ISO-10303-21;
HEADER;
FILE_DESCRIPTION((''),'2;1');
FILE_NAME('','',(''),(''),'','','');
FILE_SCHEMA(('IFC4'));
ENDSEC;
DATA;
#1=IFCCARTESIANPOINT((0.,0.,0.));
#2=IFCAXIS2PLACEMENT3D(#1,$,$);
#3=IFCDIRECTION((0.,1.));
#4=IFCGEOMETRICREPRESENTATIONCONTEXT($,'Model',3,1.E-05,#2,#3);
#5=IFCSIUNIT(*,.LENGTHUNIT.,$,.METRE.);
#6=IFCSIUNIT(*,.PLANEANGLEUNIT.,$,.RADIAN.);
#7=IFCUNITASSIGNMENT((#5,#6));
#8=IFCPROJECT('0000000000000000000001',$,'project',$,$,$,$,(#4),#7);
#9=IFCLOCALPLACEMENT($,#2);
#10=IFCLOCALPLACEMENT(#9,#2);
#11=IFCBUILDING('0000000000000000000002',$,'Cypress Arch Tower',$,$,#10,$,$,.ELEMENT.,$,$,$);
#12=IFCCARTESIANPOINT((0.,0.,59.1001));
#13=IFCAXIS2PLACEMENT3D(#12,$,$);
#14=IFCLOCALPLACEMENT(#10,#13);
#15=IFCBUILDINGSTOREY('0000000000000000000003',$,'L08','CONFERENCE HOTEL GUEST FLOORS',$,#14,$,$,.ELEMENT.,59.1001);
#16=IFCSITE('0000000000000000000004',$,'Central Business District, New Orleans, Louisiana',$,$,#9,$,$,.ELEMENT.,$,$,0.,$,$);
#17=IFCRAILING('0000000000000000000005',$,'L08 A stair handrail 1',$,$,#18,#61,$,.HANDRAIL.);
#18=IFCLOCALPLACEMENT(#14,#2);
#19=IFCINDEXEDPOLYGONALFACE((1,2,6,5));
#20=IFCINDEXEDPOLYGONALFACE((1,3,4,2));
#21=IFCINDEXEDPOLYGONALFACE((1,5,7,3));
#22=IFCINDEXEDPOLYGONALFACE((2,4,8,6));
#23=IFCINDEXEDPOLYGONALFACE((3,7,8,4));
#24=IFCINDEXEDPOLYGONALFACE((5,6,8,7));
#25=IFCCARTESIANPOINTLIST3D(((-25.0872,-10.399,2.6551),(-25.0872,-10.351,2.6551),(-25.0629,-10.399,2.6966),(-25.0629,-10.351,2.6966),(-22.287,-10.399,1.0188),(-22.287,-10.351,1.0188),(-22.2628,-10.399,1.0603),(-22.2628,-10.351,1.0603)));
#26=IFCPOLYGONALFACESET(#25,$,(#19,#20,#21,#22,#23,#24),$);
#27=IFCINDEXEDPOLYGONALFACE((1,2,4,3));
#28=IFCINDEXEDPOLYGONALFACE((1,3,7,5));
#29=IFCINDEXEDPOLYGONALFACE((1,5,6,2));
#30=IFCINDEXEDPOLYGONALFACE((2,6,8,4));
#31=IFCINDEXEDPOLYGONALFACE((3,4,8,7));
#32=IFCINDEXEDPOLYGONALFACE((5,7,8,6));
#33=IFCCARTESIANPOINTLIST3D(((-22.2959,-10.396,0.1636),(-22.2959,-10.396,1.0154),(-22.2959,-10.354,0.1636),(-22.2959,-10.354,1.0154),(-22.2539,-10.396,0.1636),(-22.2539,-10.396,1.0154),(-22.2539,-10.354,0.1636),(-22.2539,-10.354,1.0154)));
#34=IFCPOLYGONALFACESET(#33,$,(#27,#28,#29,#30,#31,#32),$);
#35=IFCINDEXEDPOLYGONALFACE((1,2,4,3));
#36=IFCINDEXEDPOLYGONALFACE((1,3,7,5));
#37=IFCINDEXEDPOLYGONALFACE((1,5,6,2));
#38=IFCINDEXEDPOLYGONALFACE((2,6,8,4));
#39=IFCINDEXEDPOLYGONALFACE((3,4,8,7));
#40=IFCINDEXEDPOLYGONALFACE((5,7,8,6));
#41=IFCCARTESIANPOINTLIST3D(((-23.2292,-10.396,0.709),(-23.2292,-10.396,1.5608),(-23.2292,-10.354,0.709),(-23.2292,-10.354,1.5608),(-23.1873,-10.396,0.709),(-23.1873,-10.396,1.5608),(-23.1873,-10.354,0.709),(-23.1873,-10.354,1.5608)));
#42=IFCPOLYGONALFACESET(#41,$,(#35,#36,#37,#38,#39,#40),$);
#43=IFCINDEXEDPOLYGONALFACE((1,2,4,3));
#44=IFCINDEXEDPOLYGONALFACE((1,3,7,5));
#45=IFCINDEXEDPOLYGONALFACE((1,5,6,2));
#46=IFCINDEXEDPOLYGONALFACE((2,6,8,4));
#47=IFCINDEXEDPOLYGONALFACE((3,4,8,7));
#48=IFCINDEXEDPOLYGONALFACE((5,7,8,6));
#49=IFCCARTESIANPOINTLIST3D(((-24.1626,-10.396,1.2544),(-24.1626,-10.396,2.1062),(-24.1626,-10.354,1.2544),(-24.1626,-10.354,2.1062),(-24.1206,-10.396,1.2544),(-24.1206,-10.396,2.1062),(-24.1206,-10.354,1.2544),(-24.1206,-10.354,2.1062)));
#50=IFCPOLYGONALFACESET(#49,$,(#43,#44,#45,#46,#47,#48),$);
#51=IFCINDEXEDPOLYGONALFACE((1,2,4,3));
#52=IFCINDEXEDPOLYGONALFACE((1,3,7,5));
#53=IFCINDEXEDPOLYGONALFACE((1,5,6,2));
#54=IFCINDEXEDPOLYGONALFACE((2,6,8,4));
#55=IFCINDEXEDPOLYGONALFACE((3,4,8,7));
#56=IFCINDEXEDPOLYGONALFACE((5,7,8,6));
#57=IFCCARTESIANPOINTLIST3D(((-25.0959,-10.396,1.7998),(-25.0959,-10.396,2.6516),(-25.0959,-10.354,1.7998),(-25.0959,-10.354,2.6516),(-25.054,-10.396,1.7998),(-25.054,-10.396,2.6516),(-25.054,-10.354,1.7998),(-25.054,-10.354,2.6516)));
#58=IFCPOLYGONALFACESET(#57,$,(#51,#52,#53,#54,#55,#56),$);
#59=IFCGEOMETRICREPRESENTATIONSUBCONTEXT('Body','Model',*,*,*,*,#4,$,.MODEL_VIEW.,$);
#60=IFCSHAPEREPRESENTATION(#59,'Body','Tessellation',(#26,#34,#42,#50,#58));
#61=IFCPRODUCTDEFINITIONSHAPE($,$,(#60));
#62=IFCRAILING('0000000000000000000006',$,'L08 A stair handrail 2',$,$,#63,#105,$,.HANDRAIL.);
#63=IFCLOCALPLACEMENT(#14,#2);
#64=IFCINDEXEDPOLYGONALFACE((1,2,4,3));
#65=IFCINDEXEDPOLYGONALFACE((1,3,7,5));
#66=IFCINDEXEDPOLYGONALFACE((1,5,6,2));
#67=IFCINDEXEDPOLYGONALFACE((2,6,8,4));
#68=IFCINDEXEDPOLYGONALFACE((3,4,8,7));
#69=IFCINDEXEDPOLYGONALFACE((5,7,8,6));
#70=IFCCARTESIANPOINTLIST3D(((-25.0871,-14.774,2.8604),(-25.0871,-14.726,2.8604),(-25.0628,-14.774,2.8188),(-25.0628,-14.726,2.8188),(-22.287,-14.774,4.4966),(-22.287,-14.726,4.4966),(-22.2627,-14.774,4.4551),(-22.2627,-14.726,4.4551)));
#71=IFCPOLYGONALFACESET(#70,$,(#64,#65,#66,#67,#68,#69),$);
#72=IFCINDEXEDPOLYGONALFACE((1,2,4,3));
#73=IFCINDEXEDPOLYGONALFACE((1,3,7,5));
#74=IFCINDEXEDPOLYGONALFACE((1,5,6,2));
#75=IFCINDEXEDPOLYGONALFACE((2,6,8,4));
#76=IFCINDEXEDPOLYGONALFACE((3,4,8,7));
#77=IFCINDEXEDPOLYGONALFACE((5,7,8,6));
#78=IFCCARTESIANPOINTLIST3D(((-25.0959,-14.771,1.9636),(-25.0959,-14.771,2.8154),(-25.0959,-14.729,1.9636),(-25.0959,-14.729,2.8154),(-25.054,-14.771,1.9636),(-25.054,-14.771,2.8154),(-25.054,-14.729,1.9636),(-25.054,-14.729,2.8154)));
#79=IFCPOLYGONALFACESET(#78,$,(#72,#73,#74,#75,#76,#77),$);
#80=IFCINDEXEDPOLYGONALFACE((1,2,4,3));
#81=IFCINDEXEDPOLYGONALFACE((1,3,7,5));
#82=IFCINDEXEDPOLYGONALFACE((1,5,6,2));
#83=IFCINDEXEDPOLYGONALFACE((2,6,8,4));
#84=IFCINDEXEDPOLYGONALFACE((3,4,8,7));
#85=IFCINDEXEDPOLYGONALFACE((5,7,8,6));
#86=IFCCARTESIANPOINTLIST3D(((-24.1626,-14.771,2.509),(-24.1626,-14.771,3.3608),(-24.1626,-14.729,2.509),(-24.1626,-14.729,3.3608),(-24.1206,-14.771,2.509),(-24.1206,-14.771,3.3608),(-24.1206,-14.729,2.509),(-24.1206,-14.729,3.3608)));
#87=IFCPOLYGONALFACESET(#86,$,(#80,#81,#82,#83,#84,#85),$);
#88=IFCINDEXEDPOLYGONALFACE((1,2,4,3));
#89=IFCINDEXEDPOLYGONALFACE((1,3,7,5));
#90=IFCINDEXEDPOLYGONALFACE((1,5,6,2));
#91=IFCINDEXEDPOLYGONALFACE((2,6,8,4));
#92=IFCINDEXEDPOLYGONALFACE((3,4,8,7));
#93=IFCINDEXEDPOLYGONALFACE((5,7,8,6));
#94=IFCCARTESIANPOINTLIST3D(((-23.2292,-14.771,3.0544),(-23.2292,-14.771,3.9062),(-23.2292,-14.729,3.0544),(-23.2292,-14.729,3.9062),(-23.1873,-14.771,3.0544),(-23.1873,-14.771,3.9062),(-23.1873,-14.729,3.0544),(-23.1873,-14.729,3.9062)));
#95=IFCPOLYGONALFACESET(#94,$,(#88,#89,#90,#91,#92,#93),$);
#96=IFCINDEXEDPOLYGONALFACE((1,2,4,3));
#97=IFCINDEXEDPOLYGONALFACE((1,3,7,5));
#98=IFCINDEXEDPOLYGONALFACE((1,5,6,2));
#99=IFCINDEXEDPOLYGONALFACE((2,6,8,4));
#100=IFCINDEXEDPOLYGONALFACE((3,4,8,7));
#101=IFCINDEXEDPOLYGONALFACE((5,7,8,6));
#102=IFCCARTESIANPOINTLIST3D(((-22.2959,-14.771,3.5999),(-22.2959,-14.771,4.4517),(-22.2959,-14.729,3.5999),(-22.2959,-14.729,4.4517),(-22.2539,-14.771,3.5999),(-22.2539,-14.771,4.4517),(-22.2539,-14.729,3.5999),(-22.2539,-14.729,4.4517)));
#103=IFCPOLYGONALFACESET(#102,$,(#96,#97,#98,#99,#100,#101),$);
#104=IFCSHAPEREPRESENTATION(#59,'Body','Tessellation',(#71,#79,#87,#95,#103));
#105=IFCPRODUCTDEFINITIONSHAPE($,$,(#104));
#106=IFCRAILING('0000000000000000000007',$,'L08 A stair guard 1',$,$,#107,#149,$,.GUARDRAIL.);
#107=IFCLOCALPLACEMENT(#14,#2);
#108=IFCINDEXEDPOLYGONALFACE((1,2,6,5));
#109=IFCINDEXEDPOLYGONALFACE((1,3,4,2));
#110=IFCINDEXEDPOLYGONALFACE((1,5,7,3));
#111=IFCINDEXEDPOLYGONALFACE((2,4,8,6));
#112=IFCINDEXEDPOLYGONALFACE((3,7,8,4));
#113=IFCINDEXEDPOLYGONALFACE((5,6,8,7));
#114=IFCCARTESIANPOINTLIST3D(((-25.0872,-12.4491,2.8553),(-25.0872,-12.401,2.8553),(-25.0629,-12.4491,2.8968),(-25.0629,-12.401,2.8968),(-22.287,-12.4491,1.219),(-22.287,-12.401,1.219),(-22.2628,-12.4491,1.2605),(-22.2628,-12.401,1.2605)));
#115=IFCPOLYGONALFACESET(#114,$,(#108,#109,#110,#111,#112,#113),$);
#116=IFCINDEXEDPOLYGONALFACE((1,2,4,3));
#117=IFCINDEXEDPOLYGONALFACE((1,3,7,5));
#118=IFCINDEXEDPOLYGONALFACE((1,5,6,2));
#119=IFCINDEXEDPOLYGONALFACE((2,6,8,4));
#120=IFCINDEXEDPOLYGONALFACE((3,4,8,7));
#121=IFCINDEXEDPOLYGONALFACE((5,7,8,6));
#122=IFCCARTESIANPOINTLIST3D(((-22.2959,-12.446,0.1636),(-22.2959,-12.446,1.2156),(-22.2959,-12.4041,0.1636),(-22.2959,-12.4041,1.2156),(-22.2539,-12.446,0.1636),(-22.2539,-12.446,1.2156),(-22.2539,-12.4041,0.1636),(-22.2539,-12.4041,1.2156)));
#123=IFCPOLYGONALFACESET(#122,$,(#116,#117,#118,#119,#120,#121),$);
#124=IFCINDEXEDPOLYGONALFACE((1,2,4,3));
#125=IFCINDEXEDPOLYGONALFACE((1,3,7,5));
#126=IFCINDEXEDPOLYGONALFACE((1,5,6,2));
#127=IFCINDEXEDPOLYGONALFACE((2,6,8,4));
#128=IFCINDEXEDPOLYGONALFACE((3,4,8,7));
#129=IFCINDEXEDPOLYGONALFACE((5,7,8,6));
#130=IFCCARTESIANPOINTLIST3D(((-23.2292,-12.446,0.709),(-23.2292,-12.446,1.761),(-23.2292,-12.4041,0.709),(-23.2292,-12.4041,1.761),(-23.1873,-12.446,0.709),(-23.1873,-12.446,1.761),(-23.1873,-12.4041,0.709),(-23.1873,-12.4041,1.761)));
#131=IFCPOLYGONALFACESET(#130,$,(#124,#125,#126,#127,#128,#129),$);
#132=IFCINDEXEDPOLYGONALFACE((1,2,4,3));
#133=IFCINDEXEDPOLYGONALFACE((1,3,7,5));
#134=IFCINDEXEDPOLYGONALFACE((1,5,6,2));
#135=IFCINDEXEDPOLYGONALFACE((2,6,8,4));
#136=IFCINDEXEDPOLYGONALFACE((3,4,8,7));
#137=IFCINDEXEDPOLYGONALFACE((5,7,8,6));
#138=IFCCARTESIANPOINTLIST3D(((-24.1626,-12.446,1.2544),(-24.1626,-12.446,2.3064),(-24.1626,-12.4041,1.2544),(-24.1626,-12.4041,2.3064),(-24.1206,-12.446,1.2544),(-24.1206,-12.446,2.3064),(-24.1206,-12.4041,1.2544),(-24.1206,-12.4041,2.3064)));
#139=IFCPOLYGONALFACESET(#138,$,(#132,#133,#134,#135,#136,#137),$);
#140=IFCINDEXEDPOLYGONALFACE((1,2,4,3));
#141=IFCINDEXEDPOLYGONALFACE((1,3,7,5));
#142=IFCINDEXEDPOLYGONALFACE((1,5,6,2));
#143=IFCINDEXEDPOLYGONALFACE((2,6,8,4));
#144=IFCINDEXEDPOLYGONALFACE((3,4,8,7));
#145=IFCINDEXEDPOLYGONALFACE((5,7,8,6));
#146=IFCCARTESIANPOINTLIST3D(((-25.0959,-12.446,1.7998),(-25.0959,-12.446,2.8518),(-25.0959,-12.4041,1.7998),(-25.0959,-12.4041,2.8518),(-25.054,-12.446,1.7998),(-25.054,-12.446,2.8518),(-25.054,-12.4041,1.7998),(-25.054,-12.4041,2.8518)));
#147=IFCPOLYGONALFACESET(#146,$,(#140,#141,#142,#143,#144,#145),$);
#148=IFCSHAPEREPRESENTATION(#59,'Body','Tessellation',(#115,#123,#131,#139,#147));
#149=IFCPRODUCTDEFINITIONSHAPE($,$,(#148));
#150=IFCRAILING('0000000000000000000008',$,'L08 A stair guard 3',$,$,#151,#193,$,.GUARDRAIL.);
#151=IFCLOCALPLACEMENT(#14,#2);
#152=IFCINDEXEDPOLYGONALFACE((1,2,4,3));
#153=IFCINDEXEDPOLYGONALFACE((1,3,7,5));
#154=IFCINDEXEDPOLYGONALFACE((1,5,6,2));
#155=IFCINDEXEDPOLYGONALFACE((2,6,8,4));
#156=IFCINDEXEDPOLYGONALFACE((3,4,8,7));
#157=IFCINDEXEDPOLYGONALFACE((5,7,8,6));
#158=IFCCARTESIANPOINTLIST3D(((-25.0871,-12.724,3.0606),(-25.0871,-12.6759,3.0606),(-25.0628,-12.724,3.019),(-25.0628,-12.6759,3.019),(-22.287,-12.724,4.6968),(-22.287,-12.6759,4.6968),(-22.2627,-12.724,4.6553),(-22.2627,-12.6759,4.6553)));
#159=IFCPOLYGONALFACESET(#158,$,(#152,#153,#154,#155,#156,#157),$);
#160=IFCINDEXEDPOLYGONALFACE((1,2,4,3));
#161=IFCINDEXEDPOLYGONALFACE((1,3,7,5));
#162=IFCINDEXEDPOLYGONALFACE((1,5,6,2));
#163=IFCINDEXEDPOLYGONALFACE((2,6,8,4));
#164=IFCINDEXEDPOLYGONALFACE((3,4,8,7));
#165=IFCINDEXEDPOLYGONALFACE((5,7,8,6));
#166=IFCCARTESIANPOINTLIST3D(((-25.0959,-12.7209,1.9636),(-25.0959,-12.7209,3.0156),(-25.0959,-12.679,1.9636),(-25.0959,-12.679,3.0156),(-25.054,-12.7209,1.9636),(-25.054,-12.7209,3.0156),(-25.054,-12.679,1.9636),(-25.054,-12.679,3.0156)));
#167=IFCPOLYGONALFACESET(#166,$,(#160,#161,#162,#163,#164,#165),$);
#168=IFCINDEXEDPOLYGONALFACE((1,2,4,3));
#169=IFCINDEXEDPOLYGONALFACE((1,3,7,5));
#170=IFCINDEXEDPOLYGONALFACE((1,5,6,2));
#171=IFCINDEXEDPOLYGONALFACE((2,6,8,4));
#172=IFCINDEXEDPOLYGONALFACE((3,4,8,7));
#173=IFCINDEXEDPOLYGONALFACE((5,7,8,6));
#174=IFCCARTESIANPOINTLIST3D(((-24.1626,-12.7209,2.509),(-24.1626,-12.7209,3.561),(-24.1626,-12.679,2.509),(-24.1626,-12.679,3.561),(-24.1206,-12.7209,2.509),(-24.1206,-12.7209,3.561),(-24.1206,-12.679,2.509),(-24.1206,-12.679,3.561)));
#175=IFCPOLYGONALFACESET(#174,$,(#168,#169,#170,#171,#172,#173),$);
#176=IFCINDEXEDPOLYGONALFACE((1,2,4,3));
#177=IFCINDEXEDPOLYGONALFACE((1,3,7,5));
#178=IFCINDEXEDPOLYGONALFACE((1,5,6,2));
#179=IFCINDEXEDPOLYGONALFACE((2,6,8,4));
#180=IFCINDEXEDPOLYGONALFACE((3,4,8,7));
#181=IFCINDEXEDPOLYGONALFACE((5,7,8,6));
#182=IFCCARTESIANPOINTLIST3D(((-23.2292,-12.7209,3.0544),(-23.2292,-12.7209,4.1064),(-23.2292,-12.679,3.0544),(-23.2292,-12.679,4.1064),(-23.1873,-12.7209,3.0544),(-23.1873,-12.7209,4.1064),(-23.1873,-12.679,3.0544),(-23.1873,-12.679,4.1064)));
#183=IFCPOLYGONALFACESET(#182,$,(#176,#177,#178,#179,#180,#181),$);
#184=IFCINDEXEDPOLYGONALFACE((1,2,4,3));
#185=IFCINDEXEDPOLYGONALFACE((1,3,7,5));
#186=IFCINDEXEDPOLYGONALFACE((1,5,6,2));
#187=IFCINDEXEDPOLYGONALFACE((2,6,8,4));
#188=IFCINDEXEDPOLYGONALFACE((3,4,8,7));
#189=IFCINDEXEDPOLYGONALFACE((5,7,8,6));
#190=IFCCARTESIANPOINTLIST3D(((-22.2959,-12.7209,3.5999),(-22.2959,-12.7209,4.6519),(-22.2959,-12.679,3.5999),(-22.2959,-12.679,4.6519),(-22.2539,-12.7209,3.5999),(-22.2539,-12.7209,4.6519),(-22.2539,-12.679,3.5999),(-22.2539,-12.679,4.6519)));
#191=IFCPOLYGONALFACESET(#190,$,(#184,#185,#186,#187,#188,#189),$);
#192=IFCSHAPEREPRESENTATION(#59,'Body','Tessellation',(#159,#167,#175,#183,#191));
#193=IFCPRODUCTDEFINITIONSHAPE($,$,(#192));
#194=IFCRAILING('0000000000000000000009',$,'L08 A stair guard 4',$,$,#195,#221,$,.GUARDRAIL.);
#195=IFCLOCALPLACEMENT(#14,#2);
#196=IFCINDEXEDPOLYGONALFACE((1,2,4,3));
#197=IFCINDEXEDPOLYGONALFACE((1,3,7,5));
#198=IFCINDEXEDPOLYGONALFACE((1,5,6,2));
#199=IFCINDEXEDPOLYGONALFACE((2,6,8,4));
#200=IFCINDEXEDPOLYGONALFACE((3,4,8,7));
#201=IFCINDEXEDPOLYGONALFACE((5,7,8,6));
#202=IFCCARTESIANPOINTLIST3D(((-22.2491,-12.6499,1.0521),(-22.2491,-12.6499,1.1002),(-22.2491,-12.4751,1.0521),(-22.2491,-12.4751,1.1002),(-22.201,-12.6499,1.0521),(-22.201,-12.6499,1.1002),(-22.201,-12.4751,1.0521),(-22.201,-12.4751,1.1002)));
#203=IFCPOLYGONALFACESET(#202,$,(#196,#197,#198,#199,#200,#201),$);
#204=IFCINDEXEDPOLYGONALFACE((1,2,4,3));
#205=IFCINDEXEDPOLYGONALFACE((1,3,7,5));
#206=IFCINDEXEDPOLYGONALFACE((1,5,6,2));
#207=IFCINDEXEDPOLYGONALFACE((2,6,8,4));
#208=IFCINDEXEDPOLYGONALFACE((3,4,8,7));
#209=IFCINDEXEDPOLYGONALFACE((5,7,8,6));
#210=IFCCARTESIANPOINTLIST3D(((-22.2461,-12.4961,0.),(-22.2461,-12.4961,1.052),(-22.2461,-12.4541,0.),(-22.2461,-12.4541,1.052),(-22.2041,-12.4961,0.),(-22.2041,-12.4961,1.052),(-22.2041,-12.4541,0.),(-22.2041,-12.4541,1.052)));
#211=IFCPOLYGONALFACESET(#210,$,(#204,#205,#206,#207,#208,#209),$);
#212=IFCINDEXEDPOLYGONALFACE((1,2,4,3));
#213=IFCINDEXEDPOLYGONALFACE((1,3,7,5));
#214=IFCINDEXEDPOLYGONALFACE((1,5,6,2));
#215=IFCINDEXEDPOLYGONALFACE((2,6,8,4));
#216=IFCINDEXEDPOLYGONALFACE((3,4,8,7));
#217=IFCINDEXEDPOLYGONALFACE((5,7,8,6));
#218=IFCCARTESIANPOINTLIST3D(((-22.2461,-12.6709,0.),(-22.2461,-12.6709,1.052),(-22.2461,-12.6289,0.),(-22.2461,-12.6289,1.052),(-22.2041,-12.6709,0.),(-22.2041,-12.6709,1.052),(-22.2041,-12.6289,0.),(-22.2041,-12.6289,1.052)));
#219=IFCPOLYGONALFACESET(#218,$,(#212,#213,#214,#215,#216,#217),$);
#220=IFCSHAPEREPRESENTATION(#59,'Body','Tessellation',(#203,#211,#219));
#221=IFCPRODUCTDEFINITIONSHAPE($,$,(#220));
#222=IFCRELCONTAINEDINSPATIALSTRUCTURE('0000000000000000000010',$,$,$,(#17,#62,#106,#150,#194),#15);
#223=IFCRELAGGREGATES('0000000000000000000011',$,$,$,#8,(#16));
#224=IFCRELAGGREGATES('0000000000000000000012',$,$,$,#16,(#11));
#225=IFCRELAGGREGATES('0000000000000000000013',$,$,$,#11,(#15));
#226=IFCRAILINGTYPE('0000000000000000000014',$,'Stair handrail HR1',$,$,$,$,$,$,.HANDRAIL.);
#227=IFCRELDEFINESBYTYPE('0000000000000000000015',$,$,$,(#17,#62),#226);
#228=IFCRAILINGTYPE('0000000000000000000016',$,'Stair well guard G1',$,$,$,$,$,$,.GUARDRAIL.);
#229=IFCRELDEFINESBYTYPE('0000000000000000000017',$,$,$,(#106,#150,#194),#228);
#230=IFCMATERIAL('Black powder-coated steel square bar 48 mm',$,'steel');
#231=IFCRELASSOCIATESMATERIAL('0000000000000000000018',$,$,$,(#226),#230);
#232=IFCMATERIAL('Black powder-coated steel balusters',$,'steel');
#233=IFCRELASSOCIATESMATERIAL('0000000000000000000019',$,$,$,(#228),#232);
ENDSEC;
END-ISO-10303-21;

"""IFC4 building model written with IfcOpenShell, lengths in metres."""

from ifc_helpers import new_model, si_unit, direction, frame, origin, origin_2d, place, context, subcontext, project, spatial, rectangle, extrude, material, type_object, element, save


model = new_model("IFC4")

# Units and contexts
model_context = context("Model", 3, precision=1e-05, world=origin(), true_north=direction((0.0, 1.0)))
body_context = subcontext(model_context, "Body", "Model", "MODEL_VIEW")
ifc_project = project(units=[si_unit("LENGTHUNIT", "METRE"), si_unit("PLANEANGLEUNIT", "RADIAN")], contexts=[model_context])

# Site, building, storey
site_placement = place(None, origin())
site = spatial("IfcSite", under=ifc_project, at=site_placement, Name="Central Business District, New Orleans, Louisiana", CompositionType="ELEMENT", RefElevation=0.0)
building_placement = place(site_placement, origin())
building = spatial("IfcBuilding", under=site, at=building_placement, Name="Cypress Arch Tower", CompositionType="ELEMENT")
storey_placement = place(building_placement, frame((0.0, 0.0, 59.1001)))
storey = spatial("IfcBuildingStorey", under=building, at=storey_placement, Name="L08", Description="CONFERENCE HOTEL GUEST FLOORS", CompositionType="ELEMENT", Elevation=59.1001)

# Railings
ifc_material_1 = material(Name="Black powder-coated steel square bar 48 mm", Category="steel")
railing_type_1 = type_object("IfcRailingType", Name="Stair handrail HR1", PredefinedType="HANDRAIL", material=ifc_material_1)
railing_1_placement = place(storey_placement, frame((-22.2749, -10.375, 0.1636)))
element("IfcRailing", 1, at=railing_1_placement, inside=storey, type_object=railing_type_1, Name="L08 A stair handrail 1", PredefinedType="HANDRAIL", context=body_context, shape_type="SweptSolid", body=[
    extrude(rectangle(XDim=0.0481, YDim=0.0481, at=origin_2d()), frame((0.0, 0.0, 0.876), z_axis=(-0.863394, 0.0, 0.504531), x_axis=(0.0, -1.0, 0.0)), (0.0, 0.0, 1.0), 3.2432),
    extrude(rectangle(XDim=0.042, YDim=0.042, at=origin_2d()), origin(), (0.0, 0.0, 1.0), 0.8518),
    extrude(rectangle(XDim=0.042, YDim=0.042, at=origin_2d()), frame((-0.9333, 0.0, 0.5454)), (0.0, 0.0, 1.0), 0.8518),
    extrude(rectangle(XDim=0.042, YDim=0.042, at=origin_2d()), frame((-1.8667, 0.0, 1.0908)), (0.0, 0.0, 1.0), 0.8518),
    extrude(rectangle(XDim=0.042, YDim=0.042, at=origin_2d()), frame((-2.8, 0.0, 1.6362)), (0.0, 0.0, 1.0), 0.8518),
])
railing_2_placement = place(storey_placement, frame((-25.075, -14.75, 1.9636)))
element("IfcRailing", 2, at=railing_2_placement, inside=storey, type_object=railing_type_1, Name="L08 A stair handrail 2", PredefinedType="HANDRAIL", context=body_context, shape_type="SweptSolid", body=[
    extrude(rectangle(XDim=0.0481, YDim=0.0481, at=origin_2d()), frame((0.0, 0.0, 0.876), z_axis=(0.863394, 0.0, 0.504531), x_axis=(0.0, 1.0, 0.0)), (0.0, 0.0, 1.0), 3.2432),
    extrude(rectangle(XDim=0.042, YDim=0.042, at=origin_2d()), origin(), (0.0, 0.0, 1.0), 0.8518),
    extrude(rectangle(XDim=0.042, YDim=0.042, at=origin_2d()), frame((0.9333, 0.0, 0.5454)), (0.0, 0.0, 1.0), 0.8518),
    extrude(rectangle(XDim=0.042, YDim=0.042, at=origin_2d()), frame((1.8667, 0.0, 1.0908)), (0.0, 0.0, 1.0), 0.8518),
    extrude(rectangle(XDim=0.042, YDim=0.042, at=origin_2d()), frame((2.8, 0.0, 1.6362)), (0.0, 0.0, 1.0), 0.8518),
])
ifc_material_2 = material(Name="Black powder-coated steel balusters", Category="steel")
railing_type_2 = type_object("IfcRailingType", Name="Stair well guard G1", PredefinedType="GUARDRAIL", material=ifc_material_2)
railing_3_placement = place(storey_placement, frame((-22.2749, -12.425, 0.1636)))
element("IfcRailing", 3, at=railing_3_placement, inside=storey, type_object=railing_type_2, Name="L08 A stair guard 1", PredefinedType="GUARDRAIL", context=body_context, shape_type="SweptSolid", body=[
    extrude(rectangle(XDim=0.0481, YDim=0.0481, at=origin_2d()), frame((0.0, 0.0, 1.0762), z_axis=(-0.863394, 0.0, 0.504531), x_axis=(0.0, -1.0, 0.0)), (0.0, 0.0, 1.0), 3.2432),
    extrude(rectangle(XDim=0.042, YDim=0.042, at=origin_2d()), origin(), (0.0, 0.0, 1.0), 1.052),
    extrude(rectangle(XDim=0.042, YDim=0.042, at=origin_2d()), frame((-0.9333, 0.0, 0.5454)), (0.0, 0.0, 1.0), 1.052),
    extrude(rectangle(XDim=0.042, YDim=0.042, at=origin_2d()), frame((-1.8667, 0.0, 1.0908)), (0.0, 0.0, 1.0), 1.052),
    extrude(rectangle(XDim=0.042, YDim=0.042, at=origin_2d()), frame((-2.8, 0.0, 1.6362)), (0.0, 0.0, 1.0), 1.052),
])
railing_4_placement = place(storey_placement, frame((-25.075, -12.7, 1.9636)))
element("IfcRailing", 4, at=railing_4_placement, inside=storey, type_object=railing_type_2, Name="L08 A stair guard 3", PredefinedType="GUARDRAIL", context=body_context, shape_type="SweptSolid", body=[
    extrude(rectangle(XDim=0.0481, YDim=0.0481, at=origin_2d()), frame((0.0, 0.0, 1.0762), z_axis=(0.863394, 0.0, 0.504531), x_axis=(0.0, 1.0, 0.0)), (0.0, 0.0, 1.0), 3.2432),
    extrude(rectangle(XDim=0.042, YDim=0.042, at=origin_2d()), origin(), (0.0, 0.0, 1.0), 1.052),
    extrude(rectangle(XDim=0.042, YDim=0.042, at=origin_2d()), frame((0.9333, 0.0, 0.5454)), (0.0, 0.0, 1.0), 1.052),
    extrude(rectangle(XDim=0.042, YDim=0.042, at=origin_2d()), frame((1.8667, 0.0, 1.0908)), (0.0, 0.0, 1.0), 1.052),
    extrude(rectangle(XDim=0.042, YDim=0.042, at=origin_2d()), frame((2.8, 0.0, 1.6362)), (0.0, 0.0, 1.0), 1.052),
])
railing_5_placement = place(storey_placement, frame((-22.2251, -12.4751, 0.0)))
element("IfcRailing", 5, at=railing_5_placement, inside=storey, type_object=railing_type_2, Name="L08 A stair guard 4", PredefinedType="GUARDRAIL", context=body_context, shape_type="SweptSolid", body=[
    extrude(rectangle(XDim=0.0481, YDim=0.0481, at=origin_2d()), frame((0.0, 0.0, 1.0762), z_axis=(0.0, -1.0, 0.0), x_axis=(1.0, 0.0, 0.0)), (0.0, 0.0, 1.0), 0.1748),
    extrude(rectangle(XDim=0.042, YDim=0.042, at=origin_2d()), origin(), (0.0, 0.0, 1.0), 1.052),
    extrude(rectangle(XDim=0.042, YDim=0.042, at=origin_2d()), frame((0.0, -0.1748, 0.0)), (0.0, 0.0, 1.0), 1.052),
])

save(model, "model.ifc")
